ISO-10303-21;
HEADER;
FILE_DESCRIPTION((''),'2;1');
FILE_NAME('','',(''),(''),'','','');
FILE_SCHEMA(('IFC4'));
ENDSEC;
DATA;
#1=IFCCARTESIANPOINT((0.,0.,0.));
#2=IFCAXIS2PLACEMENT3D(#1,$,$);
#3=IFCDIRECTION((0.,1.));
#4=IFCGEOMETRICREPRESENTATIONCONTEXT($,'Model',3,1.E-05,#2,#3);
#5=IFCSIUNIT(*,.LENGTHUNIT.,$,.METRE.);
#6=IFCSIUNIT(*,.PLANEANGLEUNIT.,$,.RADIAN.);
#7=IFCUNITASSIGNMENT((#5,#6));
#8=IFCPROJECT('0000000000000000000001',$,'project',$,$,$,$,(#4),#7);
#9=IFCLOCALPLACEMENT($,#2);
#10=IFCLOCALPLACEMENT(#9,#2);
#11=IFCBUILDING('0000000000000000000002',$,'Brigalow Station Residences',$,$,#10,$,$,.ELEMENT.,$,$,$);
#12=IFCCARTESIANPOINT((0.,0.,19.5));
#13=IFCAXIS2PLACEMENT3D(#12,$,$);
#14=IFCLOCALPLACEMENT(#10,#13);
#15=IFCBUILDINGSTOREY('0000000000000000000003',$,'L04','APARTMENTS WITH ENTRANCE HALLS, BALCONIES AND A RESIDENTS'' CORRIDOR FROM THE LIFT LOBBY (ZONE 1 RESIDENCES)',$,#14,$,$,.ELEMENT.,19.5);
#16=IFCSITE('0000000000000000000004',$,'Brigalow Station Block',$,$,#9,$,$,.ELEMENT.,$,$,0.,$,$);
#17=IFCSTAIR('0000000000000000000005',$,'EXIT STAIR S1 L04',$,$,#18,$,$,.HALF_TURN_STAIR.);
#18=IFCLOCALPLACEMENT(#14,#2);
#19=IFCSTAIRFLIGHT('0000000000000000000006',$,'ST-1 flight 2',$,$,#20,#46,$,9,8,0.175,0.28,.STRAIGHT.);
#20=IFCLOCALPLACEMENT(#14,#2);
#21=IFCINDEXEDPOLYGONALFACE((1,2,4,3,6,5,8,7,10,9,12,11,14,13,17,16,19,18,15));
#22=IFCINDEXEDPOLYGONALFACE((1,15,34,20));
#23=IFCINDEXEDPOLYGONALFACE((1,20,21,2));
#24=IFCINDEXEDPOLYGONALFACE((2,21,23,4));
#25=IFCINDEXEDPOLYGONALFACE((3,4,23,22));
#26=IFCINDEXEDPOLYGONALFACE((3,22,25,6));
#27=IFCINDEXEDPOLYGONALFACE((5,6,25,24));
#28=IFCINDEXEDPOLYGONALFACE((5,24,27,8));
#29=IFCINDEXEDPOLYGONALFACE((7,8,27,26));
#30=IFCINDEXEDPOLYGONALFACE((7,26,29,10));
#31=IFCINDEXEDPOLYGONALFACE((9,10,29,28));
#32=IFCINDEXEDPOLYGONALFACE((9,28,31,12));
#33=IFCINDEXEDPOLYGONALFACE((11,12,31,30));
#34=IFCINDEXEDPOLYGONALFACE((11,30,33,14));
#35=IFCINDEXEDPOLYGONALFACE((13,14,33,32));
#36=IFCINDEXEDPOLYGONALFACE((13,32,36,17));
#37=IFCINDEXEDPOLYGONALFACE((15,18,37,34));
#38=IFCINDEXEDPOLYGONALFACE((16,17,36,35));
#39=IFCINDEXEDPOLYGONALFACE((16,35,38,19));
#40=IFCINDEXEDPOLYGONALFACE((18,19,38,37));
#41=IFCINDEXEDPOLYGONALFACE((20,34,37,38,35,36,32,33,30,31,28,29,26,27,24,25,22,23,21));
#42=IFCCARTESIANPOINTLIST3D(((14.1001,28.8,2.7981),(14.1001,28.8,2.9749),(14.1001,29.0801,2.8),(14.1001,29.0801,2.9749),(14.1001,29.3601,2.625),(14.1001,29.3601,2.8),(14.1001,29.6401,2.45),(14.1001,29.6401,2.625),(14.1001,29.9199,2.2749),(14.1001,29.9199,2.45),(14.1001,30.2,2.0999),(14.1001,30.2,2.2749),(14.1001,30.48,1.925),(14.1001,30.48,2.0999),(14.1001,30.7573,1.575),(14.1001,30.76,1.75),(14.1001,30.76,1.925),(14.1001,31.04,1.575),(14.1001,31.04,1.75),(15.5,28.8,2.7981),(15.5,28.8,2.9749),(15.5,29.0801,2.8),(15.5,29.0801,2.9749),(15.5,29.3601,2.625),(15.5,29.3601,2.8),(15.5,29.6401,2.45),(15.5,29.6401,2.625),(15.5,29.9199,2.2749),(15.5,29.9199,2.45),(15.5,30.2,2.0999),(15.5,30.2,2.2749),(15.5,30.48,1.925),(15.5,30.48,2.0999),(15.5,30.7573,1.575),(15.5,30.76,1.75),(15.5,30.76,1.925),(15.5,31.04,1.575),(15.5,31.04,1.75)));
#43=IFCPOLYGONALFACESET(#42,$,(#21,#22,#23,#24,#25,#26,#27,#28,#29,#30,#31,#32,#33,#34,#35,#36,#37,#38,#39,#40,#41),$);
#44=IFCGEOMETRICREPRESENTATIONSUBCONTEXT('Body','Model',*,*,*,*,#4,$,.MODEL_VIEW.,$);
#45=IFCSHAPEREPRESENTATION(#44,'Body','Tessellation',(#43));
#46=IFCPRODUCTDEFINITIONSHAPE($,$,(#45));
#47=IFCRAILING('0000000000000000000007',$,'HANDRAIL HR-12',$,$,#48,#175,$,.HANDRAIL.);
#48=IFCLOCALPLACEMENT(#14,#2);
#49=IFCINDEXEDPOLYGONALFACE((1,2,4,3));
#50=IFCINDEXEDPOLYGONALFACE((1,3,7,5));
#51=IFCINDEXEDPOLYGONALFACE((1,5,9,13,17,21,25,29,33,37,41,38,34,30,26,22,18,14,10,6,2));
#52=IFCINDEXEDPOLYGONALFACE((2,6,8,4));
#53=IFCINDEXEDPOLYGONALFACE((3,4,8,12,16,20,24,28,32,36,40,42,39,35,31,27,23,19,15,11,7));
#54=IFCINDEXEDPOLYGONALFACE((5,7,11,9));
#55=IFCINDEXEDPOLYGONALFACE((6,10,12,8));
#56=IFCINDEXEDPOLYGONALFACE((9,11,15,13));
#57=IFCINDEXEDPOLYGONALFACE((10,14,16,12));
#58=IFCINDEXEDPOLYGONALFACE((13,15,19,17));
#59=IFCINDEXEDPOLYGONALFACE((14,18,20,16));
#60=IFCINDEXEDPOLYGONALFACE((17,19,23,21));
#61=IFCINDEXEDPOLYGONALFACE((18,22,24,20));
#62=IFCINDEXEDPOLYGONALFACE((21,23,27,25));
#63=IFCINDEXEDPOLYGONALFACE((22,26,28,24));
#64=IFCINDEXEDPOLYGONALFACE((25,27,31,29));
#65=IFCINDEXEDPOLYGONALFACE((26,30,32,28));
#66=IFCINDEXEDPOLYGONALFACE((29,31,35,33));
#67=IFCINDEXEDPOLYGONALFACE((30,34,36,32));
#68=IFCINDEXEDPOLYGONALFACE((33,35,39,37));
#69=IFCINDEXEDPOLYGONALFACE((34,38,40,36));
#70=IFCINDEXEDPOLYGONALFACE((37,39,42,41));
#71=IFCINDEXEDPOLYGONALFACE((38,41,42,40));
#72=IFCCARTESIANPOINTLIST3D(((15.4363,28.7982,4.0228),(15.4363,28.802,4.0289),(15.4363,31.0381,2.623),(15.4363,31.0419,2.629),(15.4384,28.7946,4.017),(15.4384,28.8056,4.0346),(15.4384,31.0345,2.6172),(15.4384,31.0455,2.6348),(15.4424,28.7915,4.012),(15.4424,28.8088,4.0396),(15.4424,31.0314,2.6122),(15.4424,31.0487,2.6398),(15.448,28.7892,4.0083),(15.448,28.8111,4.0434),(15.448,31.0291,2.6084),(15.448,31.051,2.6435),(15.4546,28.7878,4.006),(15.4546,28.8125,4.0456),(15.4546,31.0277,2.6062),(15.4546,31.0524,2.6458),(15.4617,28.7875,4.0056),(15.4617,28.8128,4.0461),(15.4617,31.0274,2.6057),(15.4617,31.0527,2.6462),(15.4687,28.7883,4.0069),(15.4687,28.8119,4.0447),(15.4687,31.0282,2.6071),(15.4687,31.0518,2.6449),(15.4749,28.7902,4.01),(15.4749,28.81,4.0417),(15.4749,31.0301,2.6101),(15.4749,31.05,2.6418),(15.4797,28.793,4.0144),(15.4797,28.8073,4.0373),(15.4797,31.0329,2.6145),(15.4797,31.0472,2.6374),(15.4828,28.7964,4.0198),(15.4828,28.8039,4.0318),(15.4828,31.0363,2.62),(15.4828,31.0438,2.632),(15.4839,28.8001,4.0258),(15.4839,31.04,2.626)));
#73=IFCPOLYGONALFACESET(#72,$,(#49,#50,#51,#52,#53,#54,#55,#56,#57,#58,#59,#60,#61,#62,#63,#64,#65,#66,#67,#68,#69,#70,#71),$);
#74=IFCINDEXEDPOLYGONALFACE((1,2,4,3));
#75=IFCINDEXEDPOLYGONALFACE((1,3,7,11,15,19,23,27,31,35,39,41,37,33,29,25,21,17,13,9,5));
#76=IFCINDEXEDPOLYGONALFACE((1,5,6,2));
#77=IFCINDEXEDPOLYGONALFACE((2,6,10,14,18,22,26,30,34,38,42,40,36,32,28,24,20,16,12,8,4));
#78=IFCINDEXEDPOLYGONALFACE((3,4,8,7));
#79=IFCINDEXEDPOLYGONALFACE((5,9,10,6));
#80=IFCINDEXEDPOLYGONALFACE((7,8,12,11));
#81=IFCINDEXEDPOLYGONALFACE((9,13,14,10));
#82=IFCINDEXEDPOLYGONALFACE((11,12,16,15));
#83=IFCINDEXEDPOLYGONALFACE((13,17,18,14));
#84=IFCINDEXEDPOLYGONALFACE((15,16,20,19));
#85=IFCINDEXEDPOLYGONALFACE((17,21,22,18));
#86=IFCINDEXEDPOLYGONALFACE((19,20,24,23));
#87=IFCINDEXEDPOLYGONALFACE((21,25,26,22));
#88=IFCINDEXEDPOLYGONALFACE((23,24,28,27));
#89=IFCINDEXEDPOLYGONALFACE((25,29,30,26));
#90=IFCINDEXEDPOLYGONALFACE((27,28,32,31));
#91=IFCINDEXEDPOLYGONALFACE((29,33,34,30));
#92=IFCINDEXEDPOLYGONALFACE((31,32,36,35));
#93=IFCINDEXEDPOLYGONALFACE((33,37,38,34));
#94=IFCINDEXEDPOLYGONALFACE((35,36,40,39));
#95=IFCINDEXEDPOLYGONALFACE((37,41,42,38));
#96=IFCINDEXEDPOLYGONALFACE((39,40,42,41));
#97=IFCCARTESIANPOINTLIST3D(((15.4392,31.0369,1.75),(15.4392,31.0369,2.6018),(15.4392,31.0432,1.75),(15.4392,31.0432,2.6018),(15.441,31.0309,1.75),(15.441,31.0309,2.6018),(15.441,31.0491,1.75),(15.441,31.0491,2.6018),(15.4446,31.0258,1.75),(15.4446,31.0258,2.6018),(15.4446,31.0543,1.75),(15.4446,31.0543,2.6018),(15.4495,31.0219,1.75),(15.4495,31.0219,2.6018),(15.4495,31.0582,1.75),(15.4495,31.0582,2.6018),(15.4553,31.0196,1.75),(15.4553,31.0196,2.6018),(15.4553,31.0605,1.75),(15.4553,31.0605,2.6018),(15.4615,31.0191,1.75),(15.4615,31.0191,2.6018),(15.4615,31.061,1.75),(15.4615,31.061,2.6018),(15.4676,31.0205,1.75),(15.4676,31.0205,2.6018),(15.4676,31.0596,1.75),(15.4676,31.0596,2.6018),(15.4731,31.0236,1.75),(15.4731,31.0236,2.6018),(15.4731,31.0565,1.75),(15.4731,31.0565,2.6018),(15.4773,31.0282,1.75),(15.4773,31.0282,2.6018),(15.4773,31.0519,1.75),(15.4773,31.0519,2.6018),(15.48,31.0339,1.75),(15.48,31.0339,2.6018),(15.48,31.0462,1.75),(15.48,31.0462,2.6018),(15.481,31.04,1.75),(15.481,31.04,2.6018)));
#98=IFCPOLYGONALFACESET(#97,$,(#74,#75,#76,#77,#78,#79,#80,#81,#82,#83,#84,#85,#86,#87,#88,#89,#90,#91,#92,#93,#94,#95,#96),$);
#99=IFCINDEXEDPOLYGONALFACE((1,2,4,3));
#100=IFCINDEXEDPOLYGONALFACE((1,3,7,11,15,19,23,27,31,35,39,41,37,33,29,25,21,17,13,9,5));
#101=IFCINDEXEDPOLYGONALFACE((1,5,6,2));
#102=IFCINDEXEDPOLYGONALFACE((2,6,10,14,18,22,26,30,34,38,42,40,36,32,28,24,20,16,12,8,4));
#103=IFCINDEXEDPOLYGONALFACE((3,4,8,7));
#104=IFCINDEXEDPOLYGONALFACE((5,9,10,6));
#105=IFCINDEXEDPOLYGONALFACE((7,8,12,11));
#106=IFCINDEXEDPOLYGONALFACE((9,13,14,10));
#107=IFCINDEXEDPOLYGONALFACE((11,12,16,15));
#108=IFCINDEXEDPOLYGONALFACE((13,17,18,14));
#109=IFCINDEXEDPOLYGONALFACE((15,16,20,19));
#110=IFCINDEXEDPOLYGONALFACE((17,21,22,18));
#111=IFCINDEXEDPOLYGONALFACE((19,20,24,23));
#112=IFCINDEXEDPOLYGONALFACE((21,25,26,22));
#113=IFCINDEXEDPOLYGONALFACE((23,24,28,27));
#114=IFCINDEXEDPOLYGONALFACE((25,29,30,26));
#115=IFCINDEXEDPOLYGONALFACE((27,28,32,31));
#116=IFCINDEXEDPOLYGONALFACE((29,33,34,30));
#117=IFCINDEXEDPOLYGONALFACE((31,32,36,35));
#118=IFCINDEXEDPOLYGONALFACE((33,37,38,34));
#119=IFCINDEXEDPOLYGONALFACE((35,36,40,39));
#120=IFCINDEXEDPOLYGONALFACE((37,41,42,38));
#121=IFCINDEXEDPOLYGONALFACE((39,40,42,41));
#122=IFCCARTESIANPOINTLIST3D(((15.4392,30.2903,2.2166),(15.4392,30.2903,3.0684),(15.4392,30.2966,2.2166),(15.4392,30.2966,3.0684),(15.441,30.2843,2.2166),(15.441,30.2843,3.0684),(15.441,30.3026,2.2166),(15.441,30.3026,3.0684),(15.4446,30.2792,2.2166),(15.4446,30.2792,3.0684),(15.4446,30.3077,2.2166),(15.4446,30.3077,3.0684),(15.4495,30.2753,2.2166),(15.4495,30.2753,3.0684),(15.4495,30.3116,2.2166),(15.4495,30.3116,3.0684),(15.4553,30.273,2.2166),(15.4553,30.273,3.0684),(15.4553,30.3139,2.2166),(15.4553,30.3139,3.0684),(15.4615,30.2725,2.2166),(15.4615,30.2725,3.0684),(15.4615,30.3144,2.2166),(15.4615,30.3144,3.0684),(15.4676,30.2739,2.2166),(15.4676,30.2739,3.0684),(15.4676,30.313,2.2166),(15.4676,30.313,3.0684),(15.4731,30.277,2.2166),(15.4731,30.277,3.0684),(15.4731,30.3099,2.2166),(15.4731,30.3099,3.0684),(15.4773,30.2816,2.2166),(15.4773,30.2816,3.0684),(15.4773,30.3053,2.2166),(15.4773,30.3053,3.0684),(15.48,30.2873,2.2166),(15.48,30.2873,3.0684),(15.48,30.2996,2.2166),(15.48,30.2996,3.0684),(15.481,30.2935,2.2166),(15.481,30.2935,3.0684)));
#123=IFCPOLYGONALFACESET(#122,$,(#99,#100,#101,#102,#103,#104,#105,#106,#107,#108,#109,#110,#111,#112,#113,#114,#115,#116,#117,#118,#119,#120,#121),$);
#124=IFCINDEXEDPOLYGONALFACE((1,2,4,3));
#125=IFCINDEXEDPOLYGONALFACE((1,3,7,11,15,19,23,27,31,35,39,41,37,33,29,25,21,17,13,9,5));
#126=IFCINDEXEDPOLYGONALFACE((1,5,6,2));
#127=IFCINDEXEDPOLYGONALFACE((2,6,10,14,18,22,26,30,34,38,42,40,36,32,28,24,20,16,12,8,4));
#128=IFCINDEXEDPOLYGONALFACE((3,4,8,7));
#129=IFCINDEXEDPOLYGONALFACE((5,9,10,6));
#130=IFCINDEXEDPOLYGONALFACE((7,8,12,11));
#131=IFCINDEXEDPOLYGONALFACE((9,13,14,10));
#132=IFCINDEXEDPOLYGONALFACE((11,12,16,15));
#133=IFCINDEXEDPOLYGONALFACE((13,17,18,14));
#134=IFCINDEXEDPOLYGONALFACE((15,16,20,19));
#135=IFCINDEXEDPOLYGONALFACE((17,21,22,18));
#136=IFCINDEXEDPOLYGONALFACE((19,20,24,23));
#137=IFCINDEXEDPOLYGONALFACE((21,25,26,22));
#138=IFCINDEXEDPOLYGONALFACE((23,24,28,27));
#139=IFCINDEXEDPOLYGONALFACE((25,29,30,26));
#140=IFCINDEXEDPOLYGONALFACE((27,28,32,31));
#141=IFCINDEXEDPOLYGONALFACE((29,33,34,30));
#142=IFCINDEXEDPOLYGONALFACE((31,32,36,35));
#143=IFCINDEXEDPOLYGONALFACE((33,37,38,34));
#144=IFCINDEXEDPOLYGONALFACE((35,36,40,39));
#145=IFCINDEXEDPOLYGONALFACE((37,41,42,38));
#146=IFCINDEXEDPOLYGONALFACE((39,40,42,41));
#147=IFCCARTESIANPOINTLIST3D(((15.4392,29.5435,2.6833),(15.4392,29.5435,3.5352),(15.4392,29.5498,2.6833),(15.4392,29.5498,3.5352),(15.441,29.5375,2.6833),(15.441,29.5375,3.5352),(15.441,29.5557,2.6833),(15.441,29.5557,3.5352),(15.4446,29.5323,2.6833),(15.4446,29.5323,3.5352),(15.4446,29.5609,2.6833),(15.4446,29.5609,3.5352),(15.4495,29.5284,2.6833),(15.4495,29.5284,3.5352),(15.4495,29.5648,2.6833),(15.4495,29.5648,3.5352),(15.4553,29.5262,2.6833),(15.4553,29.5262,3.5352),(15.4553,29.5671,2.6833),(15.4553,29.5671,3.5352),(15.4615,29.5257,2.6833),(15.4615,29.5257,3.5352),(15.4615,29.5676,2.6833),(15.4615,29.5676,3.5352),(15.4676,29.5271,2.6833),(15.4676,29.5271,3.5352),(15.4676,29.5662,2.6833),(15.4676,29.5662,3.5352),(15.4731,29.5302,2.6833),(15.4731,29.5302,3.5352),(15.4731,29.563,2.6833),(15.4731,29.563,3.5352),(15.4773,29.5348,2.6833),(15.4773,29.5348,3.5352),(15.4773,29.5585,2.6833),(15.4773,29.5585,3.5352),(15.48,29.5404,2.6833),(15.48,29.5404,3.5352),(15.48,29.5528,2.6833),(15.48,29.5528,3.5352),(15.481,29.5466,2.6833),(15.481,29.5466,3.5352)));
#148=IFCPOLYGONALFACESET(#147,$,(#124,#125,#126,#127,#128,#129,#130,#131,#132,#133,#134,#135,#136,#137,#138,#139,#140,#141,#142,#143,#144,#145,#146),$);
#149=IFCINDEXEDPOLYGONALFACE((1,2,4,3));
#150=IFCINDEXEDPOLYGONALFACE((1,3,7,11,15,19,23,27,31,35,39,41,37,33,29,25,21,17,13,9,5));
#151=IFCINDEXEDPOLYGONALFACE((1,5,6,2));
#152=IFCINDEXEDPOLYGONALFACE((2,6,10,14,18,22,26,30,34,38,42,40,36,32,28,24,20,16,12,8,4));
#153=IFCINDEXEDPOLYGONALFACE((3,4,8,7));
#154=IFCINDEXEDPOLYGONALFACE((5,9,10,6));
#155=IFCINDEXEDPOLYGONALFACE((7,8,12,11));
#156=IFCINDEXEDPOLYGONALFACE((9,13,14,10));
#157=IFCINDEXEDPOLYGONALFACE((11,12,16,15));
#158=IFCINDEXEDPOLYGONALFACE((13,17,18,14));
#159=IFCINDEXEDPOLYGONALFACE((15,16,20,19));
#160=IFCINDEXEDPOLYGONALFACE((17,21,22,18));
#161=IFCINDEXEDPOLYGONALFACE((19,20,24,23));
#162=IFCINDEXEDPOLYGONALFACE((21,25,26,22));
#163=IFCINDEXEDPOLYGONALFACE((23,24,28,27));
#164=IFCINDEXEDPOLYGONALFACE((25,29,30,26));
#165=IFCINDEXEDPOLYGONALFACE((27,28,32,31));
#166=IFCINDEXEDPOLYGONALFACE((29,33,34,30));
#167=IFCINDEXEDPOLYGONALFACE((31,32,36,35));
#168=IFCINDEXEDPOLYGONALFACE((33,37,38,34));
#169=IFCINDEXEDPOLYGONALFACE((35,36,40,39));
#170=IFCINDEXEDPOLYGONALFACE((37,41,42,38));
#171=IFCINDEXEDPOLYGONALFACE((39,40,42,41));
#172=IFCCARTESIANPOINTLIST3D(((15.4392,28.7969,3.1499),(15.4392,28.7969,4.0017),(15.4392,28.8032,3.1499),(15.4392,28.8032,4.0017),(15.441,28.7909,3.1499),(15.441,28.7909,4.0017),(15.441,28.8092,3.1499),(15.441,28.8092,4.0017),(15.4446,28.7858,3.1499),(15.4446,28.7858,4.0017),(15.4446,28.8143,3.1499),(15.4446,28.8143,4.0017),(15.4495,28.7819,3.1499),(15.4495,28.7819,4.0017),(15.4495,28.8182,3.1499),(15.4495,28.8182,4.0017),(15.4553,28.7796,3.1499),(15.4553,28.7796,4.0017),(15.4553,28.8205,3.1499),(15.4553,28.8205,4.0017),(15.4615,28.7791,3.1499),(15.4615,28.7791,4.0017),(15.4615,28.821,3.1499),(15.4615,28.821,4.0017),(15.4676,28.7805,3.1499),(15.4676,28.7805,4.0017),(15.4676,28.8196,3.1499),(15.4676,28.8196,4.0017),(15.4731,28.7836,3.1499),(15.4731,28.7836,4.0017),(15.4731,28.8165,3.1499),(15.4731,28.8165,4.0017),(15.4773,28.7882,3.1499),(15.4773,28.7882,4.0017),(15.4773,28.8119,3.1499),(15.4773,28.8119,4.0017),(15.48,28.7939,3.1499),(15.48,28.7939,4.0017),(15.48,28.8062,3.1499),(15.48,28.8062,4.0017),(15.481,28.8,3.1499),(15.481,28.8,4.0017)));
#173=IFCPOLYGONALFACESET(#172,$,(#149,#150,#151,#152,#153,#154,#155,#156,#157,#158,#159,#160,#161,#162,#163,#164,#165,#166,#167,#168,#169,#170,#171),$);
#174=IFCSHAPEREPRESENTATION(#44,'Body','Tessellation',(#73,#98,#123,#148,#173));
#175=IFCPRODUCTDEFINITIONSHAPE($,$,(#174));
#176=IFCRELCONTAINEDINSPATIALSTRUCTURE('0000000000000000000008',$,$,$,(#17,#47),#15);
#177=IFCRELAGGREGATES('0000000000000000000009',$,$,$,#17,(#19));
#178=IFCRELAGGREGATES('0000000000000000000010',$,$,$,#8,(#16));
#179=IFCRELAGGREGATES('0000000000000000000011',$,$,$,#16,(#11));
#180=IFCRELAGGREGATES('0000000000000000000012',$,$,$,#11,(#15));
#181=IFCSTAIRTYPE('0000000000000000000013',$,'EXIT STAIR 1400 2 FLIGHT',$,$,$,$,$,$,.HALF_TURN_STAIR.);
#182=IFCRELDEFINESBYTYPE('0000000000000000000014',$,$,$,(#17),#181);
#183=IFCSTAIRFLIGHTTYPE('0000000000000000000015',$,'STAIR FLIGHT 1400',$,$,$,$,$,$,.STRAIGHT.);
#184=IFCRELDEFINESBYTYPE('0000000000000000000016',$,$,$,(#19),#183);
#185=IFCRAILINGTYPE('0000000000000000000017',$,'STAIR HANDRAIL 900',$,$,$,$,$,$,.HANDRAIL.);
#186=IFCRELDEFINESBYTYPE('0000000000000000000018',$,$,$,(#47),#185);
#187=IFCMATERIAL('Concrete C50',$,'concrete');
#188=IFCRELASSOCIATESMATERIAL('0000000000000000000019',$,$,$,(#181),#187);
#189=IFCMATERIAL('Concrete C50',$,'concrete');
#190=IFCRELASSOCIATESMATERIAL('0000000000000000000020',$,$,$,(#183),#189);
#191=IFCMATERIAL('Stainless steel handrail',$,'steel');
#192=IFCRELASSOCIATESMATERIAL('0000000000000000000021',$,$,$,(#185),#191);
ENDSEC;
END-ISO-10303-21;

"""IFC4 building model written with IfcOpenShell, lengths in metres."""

from ifc_helpers import new_model, si_unit, direction, frame, origin, origin_2d, place, context, subcontext, project, spatial, polyline, circle, outline, extrude, material, type_object, element, aggregate, save


model = new_model("IFC4")

# Units and contexts
model_context = context("Model", 3, precision=1e-05, world=origin(), true_north=direction((0.0, 1.0)))
body_context = subcontext(model_context, "Body", "Model", "MODEL_VIEW")
ifc_project = project(units=[si_unit("LENGTHUNIT", "METRE"), si_unit("PLANEANGLEUNIT", "RADIAN")], contexts=[model_context])

# Site, building, storey
site_placement = place(None, origin())
site = spatial("IfcSite", under=ifc_project, at=site_placement, Name="Brigalow Station Block", CompositionType="ELEMENT", RefElevation=0.0)
building_placement = place(site_placement, origin())
building = spatial("IfcBuilding", under=site, at=building_placement, Name="Brigalow Station Residences", CompositionType="ELEMENT")
storey_placement = place(building_placement, frame((0.0, 0.0, 19.5)))
storey = spatial("IfcBuildingStorey", under=building, at=storey_placement, Name="L04", Description="APARTMENTS WITH ENTRANCE HALLS, BALCONIES AND A RESIDENTS' CORRIDOR FROM THE LIFT LOBBY (ZONE 1 RESIDENCES)", CompositionType="ELEMENT", Elevation=19.5)

# Stair, stair flight
ifc_material_1 = material(Name="Concrete C50", Category="concrete")
stair_type = type_object("IfcStairType", Name="EXIT STAIR 1400 2 FLIGHT", PredefinedType="HALF_TURN_STAIR", material=ifc_material_1)
stair_placement = place(storey_placement, origin())
stair = element("IfcStair", 1, at=stair_placement, inside=storey, type_object=stair_type, Name="EXIT STAIR S1 L04", PredefinedType="HALF_TURN_STAIR")
ifc_material_2 = material(Name="Concrete C50", Category="concrete")
stair_flight_type = type_object("IfcStairFlightType", Name="STAIR FLIGHT 1400", PredefinedType="STRAIGHT", material=ifc_material_2)
stair_flight_placement = place(storey_placement, frame((14.8, 31.04, 1.575), z_axis=(0.0, 0.0, 1.0), x_axis=(0.0, -1.0, 0.0)))
stair_flight = element("IfcStairFlight", 2, at=stair_flight_placement, type_object=stair_flight_type, Name="ST-1 flight 2", NumberOfRisers=9, NumberOfTreads=8, PredefinedType="STRAIGHT", RiserHeight=0.175, TreadLength=0.28, context=body_context, shape_type="SweptSolid", body=[
    extrude(outline(polyline([(0.0, 0.0), (0.0, 0.175), (0.28, 0.175), (0.28, 0.3501), (0.5601, 0.3501), (0.5601, 0.5249), (0.8401, 0.5249), (0.8401, 0.7), (1.1201, 0.7), (1.1201, 0.875), (1.3999, 0.875), (1.3999, 1.05), (1.6799, 1.05), (1.6799, 1.2251), (1.96, 1.2251), (1.96, 1.3999), (2.24, 1.3999), (2.24, 1.575), (2.24, 1.2231), (0.2827, 0.0), (0.0, 0.0)])), frame((0.0, 0.7, 0.0), z_axis=(0.0, -1.0, 0.0), x_axis=(1.0, 0.0, 0.0)), (0.0, 0.0, 1.0), 1.3999),
])
aggregate(stair, [stair_flight])

# Railing
ifc_material_3 = material(Name="Stainless steel handrail", Category="steel")
railing_type_1 = type_object("IfcRailingType", Name="STAIR HANDRAIL 900", PredefinedType="HANDRAIL", material=ifc_material_3)
railing_1_placement = place(storey_placement, frame((15.46, 31.04, 1.75)))
element("IfcRailing", 3, at=railing_1_placement, inside=storey, type_object=railing_type_1, Name="HANDRAIL HR-12", PredefinedType="HANDRAIL", context=body_context, shape_type="SweptSolid", body=[
    extrude(circle(Radius=0.0239, at=origin_2d()), frame((0.0, 0.0, 0.876), z_axis=(0.0, -0.848014, 0.529974), x_axis=(1.0, 0.0, 0.0)), (0.0, 0.0, 1.0), 2.6414),
    extrude(circle(Radius=0.021, at=origin_2d()), origin(), (0.0, 0.0, 1.0), 0.8518),
    extrude(circle(Radius=0.021, at=origin_2d()), frame((0.0, -0.7466, 0.4666)), (0.0, 0.0, 1.0), 0.8518),
    extrude(circle(Radius=0.021, at=origin_2d()), frame((0.0, -1.4934, 0.9333)), (0.0, 0.0, 1.0), 0.8518),
    extrude(circle(Radius=0.021, at=origin_2d()), frame((0.0, -2.24, 1.3999)), (0.0, 0.0, 1.0), 0.8518),
])

save(model, "model.ifc")
